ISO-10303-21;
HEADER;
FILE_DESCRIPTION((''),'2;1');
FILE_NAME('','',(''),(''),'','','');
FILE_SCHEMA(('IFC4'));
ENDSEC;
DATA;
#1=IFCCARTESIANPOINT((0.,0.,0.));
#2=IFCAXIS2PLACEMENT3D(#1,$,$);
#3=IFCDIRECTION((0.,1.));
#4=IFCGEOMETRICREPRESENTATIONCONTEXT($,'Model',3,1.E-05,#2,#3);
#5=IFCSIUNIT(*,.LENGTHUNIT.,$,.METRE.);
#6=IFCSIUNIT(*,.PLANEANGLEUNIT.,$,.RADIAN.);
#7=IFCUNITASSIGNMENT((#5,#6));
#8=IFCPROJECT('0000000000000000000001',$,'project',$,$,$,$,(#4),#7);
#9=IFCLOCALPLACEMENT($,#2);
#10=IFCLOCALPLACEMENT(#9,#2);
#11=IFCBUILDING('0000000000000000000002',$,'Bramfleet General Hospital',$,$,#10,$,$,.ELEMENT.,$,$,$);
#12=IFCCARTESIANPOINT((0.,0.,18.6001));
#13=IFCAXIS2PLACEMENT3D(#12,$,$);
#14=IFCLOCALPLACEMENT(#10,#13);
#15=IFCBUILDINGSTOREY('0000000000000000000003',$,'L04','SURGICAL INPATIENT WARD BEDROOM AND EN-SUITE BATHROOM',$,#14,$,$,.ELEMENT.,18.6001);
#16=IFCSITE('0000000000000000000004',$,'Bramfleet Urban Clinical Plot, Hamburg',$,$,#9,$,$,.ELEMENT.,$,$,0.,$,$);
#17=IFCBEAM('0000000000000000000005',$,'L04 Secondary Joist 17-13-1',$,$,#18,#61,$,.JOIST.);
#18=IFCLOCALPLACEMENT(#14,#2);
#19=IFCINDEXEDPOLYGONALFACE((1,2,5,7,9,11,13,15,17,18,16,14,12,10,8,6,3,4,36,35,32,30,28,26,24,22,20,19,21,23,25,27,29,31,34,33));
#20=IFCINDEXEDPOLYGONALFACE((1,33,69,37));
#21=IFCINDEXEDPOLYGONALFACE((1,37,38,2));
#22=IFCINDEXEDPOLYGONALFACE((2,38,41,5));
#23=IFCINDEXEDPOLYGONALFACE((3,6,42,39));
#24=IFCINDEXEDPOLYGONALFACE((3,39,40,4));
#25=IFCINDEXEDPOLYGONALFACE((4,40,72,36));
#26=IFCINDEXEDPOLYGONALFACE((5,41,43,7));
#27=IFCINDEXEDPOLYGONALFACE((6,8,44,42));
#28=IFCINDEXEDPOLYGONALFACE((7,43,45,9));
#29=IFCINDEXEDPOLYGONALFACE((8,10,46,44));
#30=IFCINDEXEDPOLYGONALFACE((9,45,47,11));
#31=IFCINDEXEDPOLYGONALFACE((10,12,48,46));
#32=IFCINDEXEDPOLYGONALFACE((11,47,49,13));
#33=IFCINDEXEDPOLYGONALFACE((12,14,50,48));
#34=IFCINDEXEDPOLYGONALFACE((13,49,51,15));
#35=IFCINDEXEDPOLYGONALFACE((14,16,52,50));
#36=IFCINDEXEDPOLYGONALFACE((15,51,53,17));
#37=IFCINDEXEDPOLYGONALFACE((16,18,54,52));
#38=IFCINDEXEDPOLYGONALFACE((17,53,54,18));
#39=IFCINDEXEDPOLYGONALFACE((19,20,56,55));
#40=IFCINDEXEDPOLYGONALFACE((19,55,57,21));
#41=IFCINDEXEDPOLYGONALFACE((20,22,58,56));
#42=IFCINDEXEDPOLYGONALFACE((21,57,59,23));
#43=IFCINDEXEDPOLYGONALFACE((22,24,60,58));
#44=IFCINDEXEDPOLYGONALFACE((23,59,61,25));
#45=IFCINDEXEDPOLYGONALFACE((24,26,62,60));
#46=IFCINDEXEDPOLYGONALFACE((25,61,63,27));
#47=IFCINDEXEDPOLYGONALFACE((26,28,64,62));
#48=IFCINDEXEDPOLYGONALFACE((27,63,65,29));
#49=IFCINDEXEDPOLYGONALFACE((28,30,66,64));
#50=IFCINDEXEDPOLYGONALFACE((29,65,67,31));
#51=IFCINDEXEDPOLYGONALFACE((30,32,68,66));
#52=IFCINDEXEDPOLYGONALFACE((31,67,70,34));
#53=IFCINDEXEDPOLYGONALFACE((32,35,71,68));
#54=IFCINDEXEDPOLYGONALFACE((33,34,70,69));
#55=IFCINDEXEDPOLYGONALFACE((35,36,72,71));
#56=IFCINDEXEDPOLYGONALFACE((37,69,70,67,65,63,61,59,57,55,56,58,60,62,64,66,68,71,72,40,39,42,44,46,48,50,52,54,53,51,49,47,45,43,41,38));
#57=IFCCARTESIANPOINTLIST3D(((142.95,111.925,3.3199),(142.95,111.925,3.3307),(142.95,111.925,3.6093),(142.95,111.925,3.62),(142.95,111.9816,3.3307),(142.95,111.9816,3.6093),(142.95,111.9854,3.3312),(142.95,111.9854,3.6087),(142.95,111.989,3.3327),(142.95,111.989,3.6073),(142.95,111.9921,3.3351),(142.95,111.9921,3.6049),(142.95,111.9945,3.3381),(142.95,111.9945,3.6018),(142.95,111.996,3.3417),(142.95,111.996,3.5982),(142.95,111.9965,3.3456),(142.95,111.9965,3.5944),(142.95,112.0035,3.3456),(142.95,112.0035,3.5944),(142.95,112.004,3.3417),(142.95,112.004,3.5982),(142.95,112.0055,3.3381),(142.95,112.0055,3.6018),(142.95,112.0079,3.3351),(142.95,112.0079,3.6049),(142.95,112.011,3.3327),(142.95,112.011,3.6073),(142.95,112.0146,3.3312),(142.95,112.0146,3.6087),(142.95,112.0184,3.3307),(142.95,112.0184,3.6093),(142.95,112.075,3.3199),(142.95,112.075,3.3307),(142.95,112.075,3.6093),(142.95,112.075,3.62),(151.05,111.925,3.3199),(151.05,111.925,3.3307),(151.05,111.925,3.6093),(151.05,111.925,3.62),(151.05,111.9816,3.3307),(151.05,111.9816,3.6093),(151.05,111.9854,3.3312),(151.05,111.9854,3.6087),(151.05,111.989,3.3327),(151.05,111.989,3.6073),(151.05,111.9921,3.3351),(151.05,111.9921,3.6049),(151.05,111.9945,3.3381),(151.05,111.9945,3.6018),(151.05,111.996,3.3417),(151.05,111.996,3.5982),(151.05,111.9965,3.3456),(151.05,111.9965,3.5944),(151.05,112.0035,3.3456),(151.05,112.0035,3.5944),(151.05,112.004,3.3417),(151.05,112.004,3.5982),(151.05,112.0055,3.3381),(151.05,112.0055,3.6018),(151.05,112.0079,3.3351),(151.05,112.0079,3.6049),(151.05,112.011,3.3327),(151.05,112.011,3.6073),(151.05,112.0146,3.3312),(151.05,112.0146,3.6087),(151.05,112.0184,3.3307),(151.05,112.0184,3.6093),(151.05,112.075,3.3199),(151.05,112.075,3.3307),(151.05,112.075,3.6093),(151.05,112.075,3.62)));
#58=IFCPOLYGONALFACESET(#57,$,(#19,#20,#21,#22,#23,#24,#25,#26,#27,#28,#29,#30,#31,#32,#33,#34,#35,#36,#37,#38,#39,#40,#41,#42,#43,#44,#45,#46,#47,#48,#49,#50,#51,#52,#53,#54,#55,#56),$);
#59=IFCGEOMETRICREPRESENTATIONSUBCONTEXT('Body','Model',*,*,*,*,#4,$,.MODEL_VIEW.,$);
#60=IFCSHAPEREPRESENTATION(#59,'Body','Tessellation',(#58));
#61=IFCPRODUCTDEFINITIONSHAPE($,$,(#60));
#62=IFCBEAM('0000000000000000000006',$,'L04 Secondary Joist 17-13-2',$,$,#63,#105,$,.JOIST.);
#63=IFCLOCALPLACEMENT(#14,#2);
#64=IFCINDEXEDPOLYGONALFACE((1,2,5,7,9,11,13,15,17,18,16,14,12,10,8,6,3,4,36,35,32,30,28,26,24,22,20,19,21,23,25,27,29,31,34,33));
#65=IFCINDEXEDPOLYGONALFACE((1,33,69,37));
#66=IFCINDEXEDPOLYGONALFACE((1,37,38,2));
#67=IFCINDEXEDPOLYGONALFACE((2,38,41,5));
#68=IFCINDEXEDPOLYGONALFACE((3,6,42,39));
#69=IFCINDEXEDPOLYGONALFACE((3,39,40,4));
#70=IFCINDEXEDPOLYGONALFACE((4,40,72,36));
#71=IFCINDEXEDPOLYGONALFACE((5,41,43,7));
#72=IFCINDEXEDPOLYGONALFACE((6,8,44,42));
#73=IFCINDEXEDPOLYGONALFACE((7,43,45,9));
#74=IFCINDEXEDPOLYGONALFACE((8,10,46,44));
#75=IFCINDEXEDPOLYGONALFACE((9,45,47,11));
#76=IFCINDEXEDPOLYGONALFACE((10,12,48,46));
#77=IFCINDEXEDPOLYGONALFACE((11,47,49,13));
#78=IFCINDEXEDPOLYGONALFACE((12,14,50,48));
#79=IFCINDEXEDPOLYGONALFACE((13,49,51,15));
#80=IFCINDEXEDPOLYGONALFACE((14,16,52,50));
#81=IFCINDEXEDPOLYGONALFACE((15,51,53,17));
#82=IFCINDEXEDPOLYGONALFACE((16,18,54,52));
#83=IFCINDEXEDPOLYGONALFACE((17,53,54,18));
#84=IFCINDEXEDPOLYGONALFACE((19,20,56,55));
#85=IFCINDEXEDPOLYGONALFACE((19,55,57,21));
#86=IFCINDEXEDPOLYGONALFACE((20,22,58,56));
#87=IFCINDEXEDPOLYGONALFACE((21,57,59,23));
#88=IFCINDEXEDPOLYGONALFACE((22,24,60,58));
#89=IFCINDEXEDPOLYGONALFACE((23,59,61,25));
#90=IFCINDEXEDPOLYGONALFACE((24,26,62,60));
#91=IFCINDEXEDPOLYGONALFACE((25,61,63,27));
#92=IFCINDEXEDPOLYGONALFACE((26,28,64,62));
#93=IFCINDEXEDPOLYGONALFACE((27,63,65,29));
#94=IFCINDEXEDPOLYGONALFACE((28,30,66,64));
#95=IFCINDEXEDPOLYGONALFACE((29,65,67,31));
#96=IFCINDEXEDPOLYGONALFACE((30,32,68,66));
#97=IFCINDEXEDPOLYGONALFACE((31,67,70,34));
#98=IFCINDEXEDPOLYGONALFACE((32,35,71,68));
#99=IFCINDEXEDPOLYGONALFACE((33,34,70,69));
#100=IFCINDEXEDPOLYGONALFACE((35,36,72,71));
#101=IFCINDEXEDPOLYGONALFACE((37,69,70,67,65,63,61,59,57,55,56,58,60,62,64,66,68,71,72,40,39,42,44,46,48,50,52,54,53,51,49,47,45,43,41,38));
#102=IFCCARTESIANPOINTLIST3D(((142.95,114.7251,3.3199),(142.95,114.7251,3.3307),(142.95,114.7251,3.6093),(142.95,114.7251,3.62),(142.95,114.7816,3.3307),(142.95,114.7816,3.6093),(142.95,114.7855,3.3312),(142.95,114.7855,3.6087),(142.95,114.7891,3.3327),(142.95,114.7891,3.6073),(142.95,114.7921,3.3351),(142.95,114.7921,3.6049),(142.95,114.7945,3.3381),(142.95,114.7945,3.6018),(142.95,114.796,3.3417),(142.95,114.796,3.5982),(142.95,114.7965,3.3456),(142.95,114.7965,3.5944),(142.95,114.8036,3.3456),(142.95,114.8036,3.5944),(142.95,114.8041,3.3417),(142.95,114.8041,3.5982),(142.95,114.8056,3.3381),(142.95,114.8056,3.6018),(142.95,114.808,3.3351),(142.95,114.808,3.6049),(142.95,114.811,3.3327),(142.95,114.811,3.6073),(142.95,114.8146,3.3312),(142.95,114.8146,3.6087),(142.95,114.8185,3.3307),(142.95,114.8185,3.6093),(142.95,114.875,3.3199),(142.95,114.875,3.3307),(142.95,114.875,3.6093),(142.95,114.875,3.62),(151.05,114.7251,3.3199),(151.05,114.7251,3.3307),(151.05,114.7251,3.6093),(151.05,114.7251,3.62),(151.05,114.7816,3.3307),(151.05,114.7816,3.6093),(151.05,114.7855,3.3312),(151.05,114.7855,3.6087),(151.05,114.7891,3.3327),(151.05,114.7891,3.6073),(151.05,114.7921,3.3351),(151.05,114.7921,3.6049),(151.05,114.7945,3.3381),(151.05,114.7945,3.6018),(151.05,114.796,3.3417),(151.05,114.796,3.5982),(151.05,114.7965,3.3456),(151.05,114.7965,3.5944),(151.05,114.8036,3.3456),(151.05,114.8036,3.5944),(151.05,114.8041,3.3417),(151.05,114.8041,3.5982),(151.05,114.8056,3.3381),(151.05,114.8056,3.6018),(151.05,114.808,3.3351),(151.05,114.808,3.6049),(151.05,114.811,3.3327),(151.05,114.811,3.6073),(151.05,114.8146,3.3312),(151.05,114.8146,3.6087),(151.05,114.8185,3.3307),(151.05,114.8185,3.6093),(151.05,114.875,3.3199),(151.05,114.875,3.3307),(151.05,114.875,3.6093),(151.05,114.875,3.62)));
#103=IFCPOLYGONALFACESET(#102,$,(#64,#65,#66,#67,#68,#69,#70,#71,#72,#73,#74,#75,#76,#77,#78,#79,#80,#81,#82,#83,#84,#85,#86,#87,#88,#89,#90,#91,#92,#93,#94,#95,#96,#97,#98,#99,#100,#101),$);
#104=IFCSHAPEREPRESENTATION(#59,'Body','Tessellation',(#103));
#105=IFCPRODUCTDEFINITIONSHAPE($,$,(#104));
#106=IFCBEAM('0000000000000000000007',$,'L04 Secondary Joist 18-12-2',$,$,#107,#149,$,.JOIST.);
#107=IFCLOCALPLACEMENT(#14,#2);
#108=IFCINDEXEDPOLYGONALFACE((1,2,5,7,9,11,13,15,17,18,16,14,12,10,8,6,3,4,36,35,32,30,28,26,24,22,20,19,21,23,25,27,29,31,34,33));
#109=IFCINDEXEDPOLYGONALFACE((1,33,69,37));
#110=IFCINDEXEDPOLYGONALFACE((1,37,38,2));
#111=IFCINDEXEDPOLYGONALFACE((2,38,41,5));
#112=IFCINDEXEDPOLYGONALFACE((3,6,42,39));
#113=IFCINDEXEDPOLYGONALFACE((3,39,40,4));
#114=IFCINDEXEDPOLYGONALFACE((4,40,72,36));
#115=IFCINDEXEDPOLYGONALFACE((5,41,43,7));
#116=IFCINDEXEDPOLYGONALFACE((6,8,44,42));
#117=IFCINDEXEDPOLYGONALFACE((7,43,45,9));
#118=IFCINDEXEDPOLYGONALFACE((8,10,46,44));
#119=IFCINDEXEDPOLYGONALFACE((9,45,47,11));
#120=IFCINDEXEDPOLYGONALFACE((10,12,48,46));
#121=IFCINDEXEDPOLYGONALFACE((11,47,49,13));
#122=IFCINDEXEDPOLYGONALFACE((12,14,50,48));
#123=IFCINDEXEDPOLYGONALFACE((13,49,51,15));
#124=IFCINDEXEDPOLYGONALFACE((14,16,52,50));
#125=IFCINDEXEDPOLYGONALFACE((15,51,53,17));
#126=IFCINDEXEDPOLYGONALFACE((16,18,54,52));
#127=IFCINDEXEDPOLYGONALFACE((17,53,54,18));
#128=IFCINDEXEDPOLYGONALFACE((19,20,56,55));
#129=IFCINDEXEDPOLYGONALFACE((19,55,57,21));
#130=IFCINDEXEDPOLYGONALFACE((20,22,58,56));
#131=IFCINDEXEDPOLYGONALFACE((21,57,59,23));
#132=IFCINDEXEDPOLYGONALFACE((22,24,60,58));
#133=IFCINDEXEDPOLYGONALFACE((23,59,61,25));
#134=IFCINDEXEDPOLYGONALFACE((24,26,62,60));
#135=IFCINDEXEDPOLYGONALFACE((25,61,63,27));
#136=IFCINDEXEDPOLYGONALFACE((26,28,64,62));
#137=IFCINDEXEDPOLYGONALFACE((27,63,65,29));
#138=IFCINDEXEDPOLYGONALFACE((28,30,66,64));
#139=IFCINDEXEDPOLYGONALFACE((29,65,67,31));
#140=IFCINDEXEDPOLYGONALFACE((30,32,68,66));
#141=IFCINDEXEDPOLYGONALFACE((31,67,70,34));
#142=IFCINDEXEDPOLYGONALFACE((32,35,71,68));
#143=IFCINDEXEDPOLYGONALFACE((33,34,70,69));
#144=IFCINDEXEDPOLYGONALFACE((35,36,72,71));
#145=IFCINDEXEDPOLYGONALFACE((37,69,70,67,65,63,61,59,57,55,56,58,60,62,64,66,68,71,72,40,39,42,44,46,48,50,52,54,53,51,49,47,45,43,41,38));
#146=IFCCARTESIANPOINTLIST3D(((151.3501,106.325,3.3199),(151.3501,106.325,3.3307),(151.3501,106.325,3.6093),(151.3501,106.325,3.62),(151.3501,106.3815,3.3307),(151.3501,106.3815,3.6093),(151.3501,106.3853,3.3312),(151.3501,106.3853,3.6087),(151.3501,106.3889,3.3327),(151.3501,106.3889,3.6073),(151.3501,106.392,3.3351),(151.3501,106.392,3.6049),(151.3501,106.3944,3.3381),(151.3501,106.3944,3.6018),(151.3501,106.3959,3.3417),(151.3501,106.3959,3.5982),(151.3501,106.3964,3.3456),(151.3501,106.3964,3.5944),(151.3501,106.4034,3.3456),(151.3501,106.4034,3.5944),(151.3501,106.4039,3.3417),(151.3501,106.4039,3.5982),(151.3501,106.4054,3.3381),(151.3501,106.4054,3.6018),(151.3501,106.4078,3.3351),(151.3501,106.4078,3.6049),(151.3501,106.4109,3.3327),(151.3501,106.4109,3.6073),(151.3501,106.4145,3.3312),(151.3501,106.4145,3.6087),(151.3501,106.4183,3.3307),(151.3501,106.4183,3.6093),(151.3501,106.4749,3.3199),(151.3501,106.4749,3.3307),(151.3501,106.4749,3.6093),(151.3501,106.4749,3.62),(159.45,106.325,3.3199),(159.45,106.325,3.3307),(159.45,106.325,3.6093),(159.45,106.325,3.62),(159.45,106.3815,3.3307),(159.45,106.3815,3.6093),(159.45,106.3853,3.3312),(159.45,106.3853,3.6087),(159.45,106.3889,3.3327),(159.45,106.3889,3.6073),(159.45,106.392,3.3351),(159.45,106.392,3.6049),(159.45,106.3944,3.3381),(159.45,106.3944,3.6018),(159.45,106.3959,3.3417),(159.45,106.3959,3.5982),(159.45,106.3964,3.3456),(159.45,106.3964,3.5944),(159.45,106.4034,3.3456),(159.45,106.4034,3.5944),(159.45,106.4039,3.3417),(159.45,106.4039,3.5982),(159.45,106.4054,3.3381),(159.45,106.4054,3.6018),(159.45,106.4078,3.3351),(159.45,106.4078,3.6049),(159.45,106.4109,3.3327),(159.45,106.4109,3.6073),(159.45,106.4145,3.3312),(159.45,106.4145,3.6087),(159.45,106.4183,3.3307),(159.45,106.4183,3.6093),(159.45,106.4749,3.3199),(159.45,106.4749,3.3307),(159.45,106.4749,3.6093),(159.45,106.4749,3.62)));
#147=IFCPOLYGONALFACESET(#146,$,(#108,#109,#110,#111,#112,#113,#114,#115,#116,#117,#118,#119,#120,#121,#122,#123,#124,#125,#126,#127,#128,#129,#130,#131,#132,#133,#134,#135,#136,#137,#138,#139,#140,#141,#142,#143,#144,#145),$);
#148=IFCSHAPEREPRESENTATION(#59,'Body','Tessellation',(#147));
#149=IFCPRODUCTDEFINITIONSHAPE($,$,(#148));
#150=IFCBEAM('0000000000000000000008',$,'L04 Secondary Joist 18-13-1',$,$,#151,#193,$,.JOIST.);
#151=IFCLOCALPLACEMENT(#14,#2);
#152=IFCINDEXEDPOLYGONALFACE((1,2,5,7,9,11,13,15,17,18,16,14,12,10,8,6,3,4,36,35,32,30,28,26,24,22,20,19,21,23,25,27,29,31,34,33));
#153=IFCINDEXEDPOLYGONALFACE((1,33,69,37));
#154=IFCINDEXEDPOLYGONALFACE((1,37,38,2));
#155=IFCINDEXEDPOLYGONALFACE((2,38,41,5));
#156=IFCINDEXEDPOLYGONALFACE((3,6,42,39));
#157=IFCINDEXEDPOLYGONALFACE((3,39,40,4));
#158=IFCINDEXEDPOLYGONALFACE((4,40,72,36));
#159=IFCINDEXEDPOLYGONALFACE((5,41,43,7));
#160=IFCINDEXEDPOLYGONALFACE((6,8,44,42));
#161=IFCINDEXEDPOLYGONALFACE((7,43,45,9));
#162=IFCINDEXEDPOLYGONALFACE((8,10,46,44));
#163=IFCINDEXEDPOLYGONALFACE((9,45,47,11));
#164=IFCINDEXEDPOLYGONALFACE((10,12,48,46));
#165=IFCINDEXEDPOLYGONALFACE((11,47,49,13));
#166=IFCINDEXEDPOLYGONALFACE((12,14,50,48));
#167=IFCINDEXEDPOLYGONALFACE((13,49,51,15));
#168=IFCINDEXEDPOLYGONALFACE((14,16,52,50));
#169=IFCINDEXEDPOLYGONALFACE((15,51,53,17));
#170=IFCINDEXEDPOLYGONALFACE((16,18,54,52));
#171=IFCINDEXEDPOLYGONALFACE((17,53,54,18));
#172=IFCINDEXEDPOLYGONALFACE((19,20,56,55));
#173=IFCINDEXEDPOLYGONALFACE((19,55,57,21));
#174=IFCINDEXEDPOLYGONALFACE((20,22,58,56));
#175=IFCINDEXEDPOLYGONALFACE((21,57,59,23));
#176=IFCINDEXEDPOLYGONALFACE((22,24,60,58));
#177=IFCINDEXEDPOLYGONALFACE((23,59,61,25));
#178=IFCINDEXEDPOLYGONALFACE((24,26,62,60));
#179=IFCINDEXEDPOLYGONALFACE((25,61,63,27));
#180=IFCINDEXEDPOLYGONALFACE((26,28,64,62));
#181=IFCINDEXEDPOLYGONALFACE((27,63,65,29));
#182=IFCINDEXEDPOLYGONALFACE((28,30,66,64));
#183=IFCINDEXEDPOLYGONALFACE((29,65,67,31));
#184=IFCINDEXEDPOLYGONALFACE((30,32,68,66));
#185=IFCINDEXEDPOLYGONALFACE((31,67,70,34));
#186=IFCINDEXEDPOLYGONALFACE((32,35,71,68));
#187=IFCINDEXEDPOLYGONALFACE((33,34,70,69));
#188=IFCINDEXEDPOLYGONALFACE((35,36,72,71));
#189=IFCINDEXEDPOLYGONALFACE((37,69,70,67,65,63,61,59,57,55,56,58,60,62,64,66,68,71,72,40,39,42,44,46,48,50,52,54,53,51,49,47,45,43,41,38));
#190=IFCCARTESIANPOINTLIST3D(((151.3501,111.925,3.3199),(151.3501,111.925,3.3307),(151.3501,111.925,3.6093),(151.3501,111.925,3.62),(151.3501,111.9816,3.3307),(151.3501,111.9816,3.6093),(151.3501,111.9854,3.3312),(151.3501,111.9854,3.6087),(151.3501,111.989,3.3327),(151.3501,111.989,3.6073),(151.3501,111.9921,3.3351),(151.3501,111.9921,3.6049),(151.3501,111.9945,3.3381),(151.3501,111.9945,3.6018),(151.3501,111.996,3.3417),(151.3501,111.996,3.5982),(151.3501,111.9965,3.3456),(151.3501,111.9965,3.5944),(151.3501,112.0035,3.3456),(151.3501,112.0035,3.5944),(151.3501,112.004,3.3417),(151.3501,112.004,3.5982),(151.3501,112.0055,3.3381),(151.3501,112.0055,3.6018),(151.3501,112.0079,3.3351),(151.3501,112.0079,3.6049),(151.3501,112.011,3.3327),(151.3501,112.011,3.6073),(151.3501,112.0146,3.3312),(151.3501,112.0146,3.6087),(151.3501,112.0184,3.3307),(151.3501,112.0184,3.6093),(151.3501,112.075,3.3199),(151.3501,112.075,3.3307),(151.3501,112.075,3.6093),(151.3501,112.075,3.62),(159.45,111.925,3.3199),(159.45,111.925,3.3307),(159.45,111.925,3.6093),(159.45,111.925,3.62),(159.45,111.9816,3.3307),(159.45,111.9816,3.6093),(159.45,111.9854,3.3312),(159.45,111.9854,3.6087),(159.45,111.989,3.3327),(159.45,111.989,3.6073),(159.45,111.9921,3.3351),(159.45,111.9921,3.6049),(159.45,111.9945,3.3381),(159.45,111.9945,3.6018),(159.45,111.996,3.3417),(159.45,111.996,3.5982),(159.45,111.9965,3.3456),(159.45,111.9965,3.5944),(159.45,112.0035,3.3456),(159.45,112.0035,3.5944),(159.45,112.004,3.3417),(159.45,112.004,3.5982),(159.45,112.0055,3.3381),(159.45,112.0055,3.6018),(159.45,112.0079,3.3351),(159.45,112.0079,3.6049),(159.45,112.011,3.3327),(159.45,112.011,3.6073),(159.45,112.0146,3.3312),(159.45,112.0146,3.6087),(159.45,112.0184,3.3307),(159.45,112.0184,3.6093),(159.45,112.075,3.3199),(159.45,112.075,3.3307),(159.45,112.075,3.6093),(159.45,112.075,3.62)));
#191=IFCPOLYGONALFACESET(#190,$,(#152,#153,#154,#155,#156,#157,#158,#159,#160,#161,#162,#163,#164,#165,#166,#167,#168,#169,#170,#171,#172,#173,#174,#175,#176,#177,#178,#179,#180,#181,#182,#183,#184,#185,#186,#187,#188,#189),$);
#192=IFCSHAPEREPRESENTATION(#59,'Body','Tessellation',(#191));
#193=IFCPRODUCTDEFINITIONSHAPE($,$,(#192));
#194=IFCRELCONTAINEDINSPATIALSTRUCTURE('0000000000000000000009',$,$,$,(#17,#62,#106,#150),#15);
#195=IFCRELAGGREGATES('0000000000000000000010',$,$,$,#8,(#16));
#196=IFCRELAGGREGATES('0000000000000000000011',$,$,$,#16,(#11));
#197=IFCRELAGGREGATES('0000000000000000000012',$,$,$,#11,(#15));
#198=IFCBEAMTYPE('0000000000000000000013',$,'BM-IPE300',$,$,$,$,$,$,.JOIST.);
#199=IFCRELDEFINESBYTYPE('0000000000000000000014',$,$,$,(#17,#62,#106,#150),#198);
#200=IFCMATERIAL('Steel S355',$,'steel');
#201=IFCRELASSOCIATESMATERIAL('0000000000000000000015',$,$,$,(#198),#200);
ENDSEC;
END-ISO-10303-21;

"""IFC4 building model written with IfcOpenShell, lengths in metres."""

from ifc_helpers import new_model, si_unit, direction, frame, origin, origin_2d, place, context, subcontext, project, spatial, i_section, extrude, material, material_profile, profile_set, type_object, element, save


model = new_model("IFC4")

# Units and contexts
model_context = context("Model", 3, precision=1e-05, world=origin(), true_north=direction((0.0, 1.0)))
body_context = subcontext(model_context, "Body", "Model", "MODEL_VIEW")
ifc_project = project(units=[si_unit("LENGTHUNIT", "METRE"), si_unit("PLANEANGLEUNIT", "RADIAN")], contexts=[model_context])

# Site, building, storey
site_placement = place(None, origin())
site = spatial("IfcSite", under=ifc_project, at=site_placement, Name="Bramfleet Urban Clinical Plot, Hamburg", CompositionType="ELEMENT", RefElevation=0.0)
building_placement = place(site_placement, origin())
building = spatial("IfcBuilding", under=site, at=building_placement, Name="Bramfleet General Hospital", CompositionType="ELEMENT")
storey_placement = place(building_placement, frame((0.0, 0.0, 18.6001)))
storey = spatial("IfcBuildingStorey", under=building, at=storey_placement, Name="L04", Description="SURGICAL INPATIENT WARD BEDROOM AND EN-SUITE BATHROOM", CompositionType="ELEMENT", Elevation=18.6001)

# Beams
ifc_material_1 = material(Name="Steel S355", Category="steel")
ifc_material_profile_1 = material_profile(ifc_material_1, i_section(OverallWidth=0.1499, OverallDepth=0.3, WebThickness=0.0071, FlangeThickness=0.0107, FilletRadius=0.0149, at=origin_2d()), Name="IPE 300")
ifc_profile_set_1 = profile_set([ifc_material_profile_1], Name="Steel S355")
beam_type_1 = type_object("IfcBeamType", Name="BM-IPE300", PredefinedType="JOIST", material=ifc_profile_set_1)
for number, where, z_axis, x_axis, name in (
    (1, (142.95, 112.0, 3.47), (1.0, 0.0, 0.0), (0.0, 1.0, 0.0), "L04 Secondary Joist 17-13-1"),
    (2, (142.95, 114.8, 3.47), (1.0, 0.0, 0.0), (0.0, 1.0, 0.0), "L04 Secondary Joist 17-13-2"),
):
    element("IfcBeam", number, at=place(storey_placement, frame(where, z_axis=z_axis, x_axis=x_axis)), inside=storey, type_object=beam_type_1, Name=name, PredefinedType="JOIST", context=body_context, shape_type="SweptSolid", body=[
        extrude(i_section(OverallWidth=0.1499, OverallDepth=0.3, WebThickness=0.0071, FlangeThickness=0.0107, FilletRadius=0.0149, at=origin_2d()), origin(), (0.0, 0.0, 1.0), 8.1001),
    ])
for number, where, z_axis, x_axis, name in (
    (3, (151.3501, 106.3999, 3.47), (1.0, 0.0, 0.0), (0.0, 1.0, 0.0), "L04 Secondary Joist 18-12-2"),
    (4, (151.3501, 112.0, 3.47), (1.0, 0.0, 0.0), (0.0, 1.0, 0.0), "L04 Secondary Joist 18-13-1"),
):
    element("IfcBeam", number, at=place(storey_placement, frame(where, z_axis=z_axis, x_axis=x_axis)), inside=storey, type_object=beam_type_1, Name=name, PredefinedType="JOIST", context=body_context, shape_type="SweptSolid", body=[
        extrude(i_section(OverallWidth=0.1499, OverallDepth=0.3, WebThickness=0.0071, FlangeThickness=0.0107, FilletRadius=0.0149, at=origin_2d()), origin(), (0.0, 0.0, 1.0), 8.0999),
    ])

save(model, "model.ifc")
